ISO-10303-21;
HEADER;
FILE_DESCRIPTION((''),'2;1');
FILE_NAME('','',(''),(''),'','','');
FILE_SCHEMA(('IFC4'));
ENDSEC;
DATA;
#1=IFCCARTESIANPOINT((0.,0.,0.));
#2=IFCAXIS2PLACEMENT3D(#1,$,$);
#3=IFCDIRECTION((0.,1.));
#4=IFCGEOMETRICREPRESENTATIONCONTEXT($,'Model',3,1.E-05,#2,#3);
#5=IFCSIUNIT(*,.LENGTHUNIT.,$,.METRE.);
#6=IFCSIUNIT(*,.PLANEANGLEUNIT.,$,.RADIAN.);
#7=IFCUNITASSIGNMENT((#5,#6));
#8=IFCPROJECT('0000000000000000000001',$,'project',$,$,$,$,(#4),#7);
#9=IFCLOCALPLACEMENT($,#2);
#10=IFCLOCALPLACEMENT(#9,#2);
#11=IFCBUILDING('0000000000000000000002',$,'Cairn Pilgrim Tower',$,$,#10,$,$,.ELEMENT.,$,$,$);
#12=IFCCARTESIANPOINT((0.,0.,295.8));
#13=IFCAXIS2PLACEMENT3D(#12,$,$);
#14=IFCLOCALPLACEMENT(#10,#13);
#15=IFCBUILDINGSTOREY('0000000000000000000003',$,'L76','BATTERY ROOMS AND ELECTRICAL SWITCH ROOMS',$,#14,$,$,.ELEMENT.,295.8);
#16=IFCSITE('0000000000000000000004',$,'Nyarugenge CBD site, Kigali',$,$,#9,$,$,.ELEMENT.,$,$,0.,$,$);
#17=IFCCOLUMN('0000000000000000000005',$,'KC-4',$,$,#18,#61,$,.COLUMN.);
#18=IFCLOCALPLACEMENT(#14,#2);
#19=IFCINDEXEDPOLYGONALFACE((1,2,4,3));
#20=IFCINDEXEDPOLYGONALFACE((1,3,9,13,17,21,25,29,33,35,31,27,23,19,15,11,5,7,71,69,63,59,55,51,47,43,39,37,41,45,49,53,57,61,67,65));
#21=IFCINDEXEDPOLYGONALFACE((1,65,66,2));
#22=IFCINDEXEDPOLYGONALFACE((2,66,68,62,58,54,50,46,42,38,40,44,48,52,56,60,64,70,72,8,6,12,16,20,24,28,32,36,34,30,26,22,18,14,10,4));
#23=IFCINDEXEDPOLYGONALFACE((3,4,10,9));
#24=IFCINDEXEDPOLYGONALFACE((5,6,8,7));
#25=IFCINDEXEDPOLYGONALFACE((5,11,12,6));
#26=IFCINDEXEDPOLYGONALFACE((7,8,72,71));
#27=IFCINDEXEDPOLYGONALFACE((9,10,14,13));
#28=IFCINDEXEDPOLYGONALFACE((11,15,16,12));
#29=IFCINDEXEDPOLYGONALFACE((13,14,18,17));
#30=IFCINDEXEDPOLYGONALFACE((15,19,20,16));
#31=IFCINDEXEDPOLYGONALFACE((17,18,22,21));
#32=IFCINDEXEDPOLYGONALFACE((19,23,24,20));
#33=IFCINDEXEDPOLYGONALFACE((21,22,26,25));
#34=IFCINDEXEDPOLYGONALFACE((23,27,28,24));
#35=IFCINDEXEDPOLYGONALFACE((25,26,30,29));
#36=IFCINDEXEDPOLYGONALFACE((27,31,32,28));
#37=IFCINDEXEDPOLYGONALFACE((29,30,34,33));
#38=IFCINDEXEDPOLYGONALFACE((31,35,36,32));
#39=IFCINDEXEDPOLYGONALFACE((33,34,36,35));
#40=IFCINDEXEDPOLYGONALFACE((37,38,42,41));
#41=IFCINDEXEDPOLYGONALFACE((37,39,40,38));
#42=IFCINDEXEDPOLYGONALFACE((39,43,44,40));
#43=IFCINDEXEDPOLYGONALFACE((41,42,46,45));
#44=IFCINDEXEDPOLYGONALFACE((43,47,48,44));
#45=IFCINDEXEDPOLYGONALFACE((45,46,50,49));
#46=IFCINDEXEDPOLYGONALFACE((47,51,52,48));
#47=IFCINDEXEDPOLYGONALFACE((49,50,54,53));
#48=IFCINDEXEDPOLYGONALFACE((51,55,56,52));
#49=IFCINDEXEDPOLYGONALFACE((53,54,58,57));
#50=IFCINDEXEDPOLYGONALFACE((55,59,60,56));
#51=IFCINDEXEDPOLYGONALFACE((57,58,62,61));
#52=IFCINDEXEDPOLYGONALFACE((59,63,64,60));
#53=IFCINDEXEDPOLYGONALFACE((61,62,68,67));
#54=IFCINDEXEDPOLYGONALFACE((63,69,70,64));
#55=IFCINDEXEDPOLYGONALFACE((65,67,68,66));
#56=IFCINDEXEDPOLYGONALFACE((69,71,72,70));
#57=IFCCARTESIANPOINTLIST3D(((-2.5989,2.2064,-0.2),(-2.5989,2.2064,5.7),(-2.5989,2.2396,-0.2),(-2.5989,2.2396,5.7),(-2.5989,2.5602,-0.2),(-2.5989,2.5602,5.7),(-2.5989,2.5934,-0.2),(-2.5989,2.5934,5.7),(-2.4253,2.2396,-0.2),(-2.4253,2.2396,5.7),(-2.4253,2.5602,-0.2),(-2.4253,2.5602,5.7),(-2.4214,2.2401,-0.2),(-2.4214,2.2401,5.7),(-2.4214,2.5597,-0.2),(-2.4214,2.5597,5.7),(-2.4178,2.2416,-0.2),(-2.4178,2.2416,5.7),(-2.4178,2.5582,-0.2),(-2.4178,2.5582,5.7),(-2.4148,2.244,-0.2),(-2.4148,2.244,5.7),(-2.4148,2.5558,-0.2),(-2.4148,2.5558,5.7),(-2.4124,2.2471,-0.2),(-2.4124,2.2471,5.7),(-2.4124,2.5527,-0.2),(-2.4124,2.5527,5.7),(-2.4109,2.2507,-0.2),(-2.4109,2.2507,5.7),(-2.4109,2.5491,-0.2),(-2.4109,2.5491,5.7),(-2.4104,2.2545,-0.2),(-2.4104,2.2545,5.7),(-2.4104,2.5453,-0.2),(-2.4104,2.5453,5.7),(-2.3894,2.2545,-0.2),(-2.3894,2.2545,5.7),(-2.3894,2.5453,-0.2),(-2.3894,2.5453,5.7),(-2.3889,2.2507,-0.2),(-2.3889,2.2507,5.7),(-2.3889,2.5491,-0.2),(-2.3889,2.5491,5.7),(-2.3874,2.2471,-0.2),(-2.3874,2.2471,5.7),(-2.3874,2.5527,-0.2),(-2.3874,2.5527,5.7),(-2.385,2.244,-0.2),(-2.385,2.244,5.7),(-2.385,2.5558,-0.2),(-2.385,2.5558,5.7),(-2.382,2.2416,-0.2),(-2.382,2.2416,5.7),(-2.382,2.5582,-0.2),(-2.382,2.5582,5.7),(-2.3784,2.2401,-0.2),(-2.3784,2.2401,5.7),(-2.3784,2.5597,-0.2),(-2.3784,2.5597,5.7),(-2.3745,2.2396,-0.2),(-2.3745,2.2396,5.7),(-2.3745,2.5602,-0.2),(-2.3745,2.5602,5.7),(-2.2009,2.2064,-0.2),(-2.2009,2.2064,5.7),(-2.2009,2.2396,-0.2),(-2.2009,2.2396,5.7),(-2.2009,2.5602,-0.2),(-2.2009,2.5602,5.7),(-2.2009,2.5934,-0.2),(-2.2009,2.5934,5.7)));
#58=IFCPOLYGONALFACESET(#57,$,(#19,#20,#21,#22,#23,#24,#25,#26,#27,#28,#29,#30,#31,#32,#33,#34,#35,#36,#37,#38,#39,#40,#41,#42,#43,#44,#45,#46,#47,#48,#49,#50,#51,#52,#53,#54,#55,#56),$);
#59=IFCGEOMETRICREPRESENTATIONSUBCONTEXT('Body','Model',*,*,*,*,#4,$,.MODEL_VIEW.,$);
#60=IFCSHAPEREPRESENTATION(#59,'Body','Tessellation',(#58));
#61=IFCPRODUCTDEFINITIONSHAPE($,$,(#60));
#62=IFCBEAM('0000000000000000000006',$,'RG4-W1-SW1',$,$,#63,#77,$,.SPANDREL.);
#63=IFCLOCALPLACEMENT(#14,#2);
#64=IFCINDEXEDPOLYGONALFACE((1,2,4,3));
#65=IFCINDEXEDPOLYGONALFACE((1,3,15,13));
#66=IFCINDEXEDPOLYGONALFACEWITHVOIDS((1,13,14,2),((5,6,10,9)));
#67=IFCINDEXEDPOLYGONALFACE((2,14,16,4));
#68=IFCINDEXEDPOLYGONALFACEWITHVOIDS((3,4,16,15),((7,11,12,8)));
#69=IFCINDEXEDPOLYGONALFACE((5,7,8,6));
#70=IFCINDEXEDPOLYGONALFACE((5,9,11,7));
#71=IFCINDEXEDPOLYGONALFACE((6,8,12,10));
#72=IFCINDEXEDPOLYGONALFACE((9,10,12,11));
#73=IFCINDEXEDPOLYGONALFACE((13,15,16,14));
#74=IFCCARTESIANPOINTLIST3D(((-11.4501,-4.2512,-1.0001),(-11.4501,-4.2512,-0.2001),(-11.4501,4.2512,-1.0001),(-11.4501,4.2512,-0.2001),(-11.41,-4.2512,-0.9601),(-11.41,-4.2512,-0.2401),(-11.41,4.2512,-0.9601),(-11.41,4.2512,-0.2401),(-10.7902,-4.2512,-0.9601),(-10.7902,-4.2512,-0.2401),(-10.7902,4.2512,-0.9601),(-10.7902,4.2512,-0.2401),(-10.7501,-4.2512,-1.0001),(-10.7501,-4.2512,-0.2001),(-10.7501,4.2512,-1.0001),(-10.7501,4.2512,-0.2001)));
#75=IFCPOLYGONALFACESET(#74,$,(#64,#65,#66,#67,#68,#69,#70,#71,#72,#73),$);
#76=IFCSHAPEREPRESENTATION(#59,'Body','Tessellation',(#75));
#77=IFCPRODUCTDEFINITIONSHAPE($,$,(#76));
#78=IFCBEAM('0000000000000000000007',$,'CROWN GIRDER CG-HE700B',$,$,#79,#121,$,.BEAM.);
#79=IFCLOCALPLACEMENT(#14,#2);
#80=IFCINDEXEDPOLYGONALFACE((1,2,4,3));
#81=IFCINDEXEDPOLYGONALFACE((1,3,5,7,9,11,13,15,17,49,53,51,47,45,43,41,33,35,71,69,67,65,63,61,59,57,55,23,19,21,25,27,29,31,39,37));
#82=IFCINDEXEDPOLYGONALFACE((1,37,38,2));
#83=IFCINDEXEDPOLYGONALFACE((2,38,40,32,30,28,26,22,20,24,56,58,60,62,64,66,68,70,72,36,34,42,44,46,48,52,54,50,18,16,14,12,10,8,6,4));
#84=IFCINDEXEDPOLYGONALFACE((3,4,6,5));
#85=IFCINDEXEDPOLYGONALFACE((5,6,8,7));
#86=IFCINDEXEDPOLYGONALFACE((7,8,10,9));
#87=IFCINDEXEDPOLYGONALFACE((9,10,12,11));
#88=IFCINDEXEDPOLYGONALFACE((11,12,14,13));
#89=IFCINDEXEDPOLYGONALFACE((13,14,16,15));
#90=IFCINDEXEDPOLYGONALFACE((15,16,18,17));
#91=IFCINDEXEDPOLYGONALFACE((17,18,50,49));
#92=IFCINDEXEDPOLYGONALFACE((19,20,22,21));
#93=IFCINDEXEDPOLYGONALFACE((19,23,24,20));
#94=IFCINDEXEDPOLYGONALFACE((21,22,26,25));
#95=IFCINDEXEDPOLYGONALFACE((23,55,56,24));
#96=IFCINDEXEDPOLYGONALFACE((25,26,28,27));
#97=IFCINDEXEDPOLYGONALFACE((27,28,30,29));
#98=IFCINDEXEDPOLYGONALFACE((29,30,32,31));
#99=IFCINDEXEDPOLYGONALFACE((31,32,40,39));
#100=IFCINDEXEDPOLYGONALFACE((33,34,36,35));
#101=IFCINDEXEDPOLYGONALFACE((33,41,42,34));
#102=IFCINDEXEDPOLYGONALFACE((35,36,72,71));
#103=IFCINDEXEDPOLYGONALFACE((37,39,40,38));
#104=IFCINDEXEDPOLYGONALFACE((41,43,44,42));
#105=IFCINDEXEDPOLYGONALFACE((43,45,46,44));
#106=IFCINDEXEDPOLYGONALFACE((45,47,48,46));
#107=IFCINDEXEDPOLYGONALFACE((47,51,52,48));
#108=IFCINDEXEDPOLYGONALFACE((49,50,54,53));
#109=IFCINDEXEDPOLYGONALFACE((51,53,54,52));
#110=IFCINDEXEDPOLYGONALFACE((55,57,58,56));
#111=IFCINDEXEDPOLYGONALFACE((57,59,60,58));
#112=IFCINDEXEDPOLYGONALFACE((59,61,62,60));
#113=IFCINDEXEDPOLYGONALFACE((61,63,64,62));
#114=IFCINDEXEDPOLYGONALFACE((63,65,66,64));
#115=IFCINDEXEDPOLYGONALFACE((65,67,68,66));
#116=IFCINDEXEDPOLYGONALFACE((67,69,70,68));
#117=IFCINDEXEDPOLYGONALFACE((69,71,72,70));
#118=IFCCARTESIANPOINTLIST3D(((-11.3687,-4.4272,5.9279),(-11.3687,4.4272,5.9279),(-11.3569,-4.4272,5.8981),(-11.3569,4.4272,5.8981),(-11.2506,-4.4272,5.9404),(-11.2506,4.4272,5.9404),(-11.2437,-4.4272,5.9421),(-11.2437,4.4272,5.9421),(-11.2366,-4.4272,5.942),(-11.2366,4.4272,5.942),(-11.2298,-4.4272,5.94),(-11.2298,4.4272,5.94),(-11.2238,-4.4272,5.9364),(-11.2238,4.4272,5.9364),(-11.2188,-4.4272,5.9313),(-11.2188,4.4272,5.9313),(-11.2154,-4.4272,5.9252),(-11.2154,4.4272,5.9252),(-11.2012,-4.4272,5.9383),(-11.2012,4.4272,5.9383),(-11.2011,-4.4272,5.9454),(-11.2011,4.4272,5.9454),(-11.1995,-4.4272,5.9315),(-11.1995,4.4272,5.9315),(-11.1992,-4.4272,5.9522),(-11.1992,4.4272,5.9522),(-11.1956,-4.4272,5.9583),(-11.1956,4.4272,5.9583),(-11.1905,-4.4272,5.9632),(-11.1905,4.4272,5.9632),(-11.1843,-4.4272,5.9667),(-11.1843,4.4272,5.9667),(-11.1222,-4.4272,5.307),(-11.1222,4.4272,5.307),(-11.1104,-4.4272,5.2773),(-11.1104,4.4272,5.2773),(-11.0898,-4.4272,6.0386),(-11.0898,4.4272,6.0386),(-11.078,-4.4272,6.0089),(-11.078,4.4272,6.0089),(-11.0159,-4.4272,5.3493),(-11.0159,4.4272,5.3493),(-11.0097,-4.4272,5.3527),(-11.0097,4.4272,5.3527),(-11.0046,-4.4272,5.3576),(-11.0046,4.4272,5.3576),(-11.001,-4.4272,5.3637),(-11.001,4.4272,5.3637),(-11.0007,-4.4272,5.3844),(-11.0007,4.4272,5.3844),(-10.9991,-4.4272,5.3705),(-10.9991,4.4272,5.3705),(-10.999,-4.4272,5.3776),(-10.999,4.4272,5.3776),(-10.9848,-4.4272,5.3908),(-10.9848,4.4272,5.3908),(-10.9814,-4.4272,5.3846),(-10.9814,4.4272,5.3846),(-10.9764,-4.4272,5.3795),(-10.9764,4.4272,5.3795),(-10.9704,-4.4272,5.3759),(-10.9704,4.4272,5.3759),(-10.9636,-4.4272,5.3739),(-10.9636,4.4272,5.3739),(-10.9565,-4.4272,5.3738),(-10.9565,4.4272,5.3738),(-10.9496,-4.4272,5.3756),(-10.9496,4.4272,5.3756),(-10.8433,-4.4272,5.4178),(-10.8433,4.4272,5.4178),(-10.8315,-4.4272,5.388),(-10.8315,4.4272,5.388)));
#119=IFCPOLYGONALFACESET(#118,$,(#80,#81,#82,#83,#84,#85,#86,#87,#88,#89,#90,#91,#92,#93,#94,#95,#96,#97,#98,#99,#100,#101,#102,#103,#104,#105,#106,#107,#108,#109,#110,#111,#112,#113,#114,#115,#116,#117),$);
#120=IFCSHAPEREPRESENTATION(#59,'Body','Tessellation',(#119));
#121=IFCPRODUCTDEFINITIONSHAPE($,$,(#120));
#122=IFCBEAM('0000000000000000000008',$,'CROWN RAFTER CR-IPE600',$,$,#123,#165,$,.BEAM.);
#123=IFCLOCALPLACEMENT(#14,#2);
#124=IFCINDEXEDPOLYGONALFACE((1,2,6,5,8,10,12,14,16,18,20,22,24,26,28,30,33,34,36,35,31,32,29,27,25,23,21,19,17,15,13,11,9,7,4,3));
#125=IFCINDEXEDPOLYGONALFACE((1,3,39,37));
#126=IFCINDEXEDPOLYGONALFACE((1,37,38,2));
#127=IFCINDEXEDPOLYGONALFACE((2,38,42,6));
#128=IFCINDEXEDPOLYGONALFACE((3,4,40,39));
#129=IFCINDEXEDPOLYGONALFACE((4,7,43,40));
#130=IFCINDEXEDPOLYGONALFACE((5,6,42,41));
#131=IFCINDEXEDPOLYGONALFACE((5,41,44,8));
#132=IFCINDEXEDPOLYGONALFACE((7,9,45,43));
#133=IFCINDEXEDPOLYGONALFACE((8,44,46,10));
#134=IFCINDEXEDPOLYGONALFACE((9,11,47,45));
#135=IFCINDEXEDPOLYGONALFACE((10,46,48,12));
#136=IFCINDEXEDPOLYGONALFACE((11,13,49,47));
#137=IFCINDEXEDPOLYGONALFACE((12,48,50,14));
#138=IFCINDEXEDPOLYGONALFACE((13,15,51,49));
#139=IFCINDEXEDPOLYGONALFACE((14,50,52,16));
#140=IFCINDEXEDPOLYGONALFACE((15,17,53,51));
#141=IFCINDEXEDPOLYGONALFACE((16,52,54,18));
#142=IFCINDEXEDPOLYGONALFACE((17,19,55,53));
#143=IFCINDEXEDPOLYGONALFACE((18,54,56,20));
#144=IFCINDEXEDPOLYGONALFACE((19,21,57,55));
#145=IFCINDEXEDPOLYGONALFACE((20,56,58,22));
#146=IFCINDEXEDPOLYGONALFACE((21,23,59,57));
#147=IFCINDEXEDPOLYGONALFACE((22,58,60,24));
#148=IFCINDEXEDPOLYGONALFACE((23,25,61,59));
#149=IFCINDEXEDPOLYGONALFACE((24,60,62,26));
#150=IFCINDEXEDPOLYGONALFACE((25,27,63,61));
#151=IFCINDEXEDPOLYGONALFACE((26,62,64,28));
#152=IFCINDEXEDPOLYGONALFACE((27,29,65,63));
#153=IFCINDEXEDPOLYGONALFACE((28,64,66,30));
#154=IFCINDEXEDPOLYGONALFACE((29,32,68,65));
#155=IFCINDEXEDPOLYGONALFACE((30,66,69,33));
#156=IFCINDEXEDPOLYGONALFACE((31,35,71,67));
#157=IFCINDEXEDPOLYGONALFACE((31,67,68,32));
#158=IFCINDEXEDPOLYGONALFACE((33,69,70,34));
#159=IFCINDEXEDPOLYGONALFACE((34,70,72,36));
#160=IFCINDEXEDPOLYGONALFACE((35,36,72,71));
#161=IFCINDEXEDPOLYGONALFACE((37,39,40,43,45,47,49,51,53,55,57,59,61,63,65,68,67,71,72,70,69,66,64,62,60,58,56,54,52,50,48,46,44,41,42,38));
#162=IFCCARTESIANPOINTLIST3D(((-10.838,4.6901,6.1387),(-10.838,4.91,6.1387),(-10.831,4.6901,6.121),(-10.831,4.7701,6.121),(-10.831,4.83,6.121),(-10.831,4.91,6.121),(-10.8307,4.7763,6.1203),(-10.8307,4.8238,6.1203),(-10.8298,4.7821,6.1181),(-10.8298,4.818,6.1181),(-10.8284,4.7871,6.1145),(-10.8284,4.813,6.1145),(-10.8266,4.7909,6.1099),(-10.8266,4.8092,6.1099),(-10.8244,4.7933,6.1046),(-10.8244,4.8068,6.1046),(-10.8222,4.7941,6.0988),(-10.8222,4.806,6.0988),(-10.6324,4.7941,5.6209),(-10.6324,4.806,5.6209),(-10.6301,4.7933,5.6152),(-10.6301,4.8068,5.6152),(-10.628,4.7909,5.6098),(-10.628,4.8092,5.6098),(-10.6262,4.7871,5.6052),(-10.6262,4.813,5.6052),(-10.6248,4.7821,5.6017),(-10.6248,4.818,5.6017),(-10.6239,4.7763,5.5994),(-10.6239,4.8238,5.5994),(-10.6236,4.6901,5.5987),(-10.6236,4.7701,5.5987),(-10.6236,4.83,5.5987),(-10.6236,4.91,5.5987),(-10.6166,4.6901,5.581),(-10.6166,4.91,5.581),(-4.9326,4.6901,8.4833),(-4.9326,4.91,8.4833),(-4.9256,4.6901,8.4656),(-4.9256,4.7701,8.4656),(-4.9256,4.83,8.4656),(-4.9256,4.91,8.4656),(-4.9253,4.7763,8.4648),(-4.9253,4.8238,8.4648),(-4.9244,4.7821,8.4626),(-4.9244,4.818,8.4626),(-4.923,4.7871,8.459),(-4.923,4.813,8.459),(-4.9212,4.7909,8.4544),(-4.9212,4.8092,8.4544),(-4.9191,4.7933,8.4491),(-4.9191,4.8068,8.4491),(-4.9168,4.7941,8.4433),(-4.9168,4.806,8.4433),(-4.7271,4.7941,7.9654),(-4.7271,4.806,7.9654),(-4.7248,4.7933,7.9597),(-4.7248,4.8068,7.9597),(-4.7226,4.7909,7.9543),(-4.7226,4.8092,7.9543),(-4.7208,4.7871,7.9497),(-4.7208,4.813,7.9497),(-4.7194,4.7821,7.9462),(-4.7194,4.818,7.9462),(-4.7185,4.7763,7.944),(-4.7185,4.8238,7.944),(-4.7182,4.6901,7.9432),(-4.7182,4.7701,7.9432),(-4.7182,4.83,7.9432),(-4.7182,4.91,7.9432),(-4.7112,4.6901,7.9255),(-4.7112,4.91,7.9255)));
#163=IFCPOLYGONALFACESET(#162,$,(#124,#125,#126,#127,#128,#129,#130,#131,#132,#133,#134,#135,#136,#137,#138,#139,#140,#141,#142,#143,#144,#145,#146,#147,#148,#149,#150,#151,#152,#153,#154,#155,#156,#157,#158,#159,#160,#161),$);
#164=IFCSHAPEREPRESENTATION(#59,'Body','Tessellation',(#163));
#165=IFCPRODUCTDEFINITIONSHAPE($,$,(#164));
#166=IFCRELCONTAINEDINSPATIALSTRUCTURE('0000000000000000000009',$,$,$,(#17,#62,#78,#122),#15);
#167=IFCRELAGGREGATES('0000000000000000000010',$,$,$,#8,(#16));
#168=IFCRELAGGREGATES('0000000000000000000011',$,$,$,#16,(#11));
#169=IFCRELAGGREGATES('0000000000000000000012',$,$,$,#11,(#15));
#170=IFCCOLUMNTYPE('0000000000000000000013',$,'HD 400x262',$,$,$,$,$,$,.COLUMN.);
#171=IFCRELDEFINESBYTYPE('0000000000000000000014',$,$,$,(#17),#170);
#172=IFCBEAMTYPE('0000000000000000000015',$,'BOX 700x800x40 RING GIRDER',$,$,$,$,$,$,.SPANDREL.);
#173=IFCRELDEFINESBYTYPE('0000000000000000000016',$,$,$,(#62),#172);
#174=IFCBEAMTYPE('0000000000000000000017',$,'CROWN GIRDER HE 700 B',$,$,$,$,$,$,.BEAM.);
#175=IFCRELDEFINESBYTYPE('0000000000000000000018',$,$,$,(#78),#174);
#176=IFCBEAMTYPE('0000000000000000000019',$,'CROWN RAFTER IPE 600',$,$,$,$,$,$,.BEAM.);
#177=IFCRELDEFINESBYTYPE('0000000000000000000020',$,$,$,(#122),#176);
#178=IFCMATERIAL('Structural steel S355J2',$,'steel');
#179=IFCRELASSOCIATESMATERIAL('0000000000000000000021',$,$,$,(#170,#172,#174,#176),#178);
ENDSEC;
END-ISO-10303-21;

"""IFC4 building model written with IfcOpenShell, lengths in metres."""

from ifc_helpers import new_model, si_unit, direction, frame, origin, origin_2d, place, context, subcontext, project, spatial, hollow_rectangle, i_section, extrude, material, material_profile, profile_set, type_object, element, save


model = new_model("IFC4")

# Units and contexts
model_context = context("Model", 3, precision=1e-05, world=origin(), true_north=direction((0.0, 1.0)))
body_context = subcontext(model_context, "Body", "Model", "MODEL_VIEW")
ifc_project = project(units=[si_unit("LENGTHUNIT", "METRE"), si_unit("PLANEANGLEUNIT", "RADIAN")], contexts=[model_context])

# Site, building, storey
site_placement = place(None, origin())
site = spatial("IfcSite", under=ifc_project, at=site_placement, Name="Nyarugenge CBD site, Kigali", CompositionType="ELEMENT", RefElevation=0.0)
building_placement = place(site_placement, origin())
building = spatial("IfcBuilding", under=site, at=building_placement, Name="Cairn Pilgrim Tower", CompositionType="ELEMENT")
storey_placement = place(building_placement, frame((0.0, 0.0, 295.8)))
storey = spatial("IfcBuildingStorey", under=building, at=storey_placement, Name="L76", Description="BATTERY ROOMS AND ELECTRICAL SWITCH ROOMS", CompositionType="ELEMENT", Elevation=295.8)

# Column
ifc_material_1 = material(Name="Structural steel S355J2", Category="steel")
ifc_material_profile_1 = material_profile(ifc_material_1, i_section(OverallWidth=0.3979, OverallDepth=0.387, WebThickness=0.021, FlangeThickness=0.0332, FilletRadius=0.0149, at=origin_2d()), Name="HD 400x262")
ifc_profile_set_1 = profile_set([ifc_material_profile_1], Name="Structural steel S355J2")
column_type_1 = type_object("IfcColumnType", Name="HD 400x262", PredefinedType="COLUMN", material=ifc_profile_set_1)
column_1_placement = place(storey_placement, frame((-2.3999, 2.3999, -0.2), z_axis=(0.0, 0.0, 1.0), x_axis=(1.0, 0.0, 0.0)))
element("IfcColumn", 1, at=column_1_placement, inside=storey, type_object=column_type_1, Name="KC-4", PredefinedType="COLUMN", context=body_context, shape_type="SweptSolid", body=[
    extrude(i_section(OverallWidth=0.3979, OverallDepth=0.387, WebThickness=0.021, FlangeThickness=0.0332, FilletRadius=0.0149, at=origin_2d()), origin(), (0.0, 0.0, 1.0), 5.8999),
])

# Beams
ifc_material_profile_2 = material_profile(ifc_material_1, hollow_rectangle(XDim=0.7, YDim=0.8, WallThickness=0.04, at=origin_2d()), Name="BOX 700x800x40")
ifc_profile_set_2 = profile_set([ifc_material_profile_2], Name="Structural steel S355J2")
beam_type_1 = type_object("IfcBeamType", Name="BOX 700x800x40 RING GIRDER", PredefinedType="SPANDREL", material=ifc_profile_set_2)
beam_1_placement = place(storey_placement, frame((-11.1001, 4.2512, -0.6001), z_axis=(0.0, -1.0, 0.0), x_axis=(1.0, 0.0, 0.0)))
element("IfcBeam", 2, at=beam_1_placement, inside=storey, type_object=beam_type_1, Name="RG4-W1-SW1", PredefinedType="SPANDREL", context=body_context, shape_type="SweptSolid", body=[
    extrude(hollow_rectangle(XDim=0.7, YDim=0.8, WallThickness=0.04, at=origin_2d()), origin(), (0.0, 0.0, 1.0), 8.5024),
])
ifc_material_profile_3 = material_profile(ifc_material_1, i_section(OverallWidth=0.3, OverallDepth=0.7, WebThickness=0.0171, FlangeThickness=0.032, FilletRadius=0.0271, at=origin_2d()), Name="HEB 700")
ifc_profile_set_3 = profile_set([ifc_material_profile_3], Name="Structural steel S355J2")
beam_type_2 = type_object("IfcBeamType", Name="CROWN GIRDER HE 700 B", PredefinedType="BEAM", material=ifc_profile_set_3)
beam_2_placement = place(storey_placement, frame((-11.1001, 4.4272, 5.658), z_axis=(0.0, -1.0, 0.0), x_axis=(0.929416, 0.0, 0.369033)))
element("IfcBeam", 3, at=beam_2_placement, inside=storey, type_object=beam_type_2, Name="CROWN GIRDER CG-HE700B", PredefinedType="BEAM", context=body_context, shape_type="SweptSolid", body=[
    extrude(i_section(OverallWidth=0.3, OverallDepth=0.7, WebThickness=0.0171, FlangeThickness=0.032, FilletRadius=0.0271, at=origin_2d()), origin(), (0.0, 0.0, 1.0), 8.8545),
])
ifc_material_profile_4 = material_profile(ifc_material_1, i_section(OverallWidth=0.22, OverallDepth=0.6001, WebThickness=0.012, FlangeThickness=0.019, FilletRadius=0.0239, at=origin_2d()), Name="IPE 600")
ifc_profile_set_4 = profile_set([ifc_material_profile_4], Name="Structural steel S355J2")
beam_type_3 = type_object("IfcBeamType", Name="CROWN RAFTER IPE 600", PredefinedType="BEAM", material=ifc_profile_set_4)
beam_3_placement = place(storey_placement, frame((-10.7273, 4.8, 5.8599), z_axis=(0.92943, 0.0, 0.368998), x_axis=(0.0, 1.0, 0.0)))
element("IfcBeam", 4, at=beam_3_placement, inside=storey, type_object=beam_type_3, Name="CROWN RAFTER CR-IPE600", PredefinedType="BEAM", context=body_context, shape_type="SweptSolid", body=[
    extrude(i_section(OverallWidth=0.22, OverallDepth=0.6001, WebThickness=0.012, FlangeThickness=0.019, FilletRadius=0.0239, at=origin_2d()), origin(), (0.0, 0.0, 1.0), 6.3538),
])

save(model, "model.ifc")
